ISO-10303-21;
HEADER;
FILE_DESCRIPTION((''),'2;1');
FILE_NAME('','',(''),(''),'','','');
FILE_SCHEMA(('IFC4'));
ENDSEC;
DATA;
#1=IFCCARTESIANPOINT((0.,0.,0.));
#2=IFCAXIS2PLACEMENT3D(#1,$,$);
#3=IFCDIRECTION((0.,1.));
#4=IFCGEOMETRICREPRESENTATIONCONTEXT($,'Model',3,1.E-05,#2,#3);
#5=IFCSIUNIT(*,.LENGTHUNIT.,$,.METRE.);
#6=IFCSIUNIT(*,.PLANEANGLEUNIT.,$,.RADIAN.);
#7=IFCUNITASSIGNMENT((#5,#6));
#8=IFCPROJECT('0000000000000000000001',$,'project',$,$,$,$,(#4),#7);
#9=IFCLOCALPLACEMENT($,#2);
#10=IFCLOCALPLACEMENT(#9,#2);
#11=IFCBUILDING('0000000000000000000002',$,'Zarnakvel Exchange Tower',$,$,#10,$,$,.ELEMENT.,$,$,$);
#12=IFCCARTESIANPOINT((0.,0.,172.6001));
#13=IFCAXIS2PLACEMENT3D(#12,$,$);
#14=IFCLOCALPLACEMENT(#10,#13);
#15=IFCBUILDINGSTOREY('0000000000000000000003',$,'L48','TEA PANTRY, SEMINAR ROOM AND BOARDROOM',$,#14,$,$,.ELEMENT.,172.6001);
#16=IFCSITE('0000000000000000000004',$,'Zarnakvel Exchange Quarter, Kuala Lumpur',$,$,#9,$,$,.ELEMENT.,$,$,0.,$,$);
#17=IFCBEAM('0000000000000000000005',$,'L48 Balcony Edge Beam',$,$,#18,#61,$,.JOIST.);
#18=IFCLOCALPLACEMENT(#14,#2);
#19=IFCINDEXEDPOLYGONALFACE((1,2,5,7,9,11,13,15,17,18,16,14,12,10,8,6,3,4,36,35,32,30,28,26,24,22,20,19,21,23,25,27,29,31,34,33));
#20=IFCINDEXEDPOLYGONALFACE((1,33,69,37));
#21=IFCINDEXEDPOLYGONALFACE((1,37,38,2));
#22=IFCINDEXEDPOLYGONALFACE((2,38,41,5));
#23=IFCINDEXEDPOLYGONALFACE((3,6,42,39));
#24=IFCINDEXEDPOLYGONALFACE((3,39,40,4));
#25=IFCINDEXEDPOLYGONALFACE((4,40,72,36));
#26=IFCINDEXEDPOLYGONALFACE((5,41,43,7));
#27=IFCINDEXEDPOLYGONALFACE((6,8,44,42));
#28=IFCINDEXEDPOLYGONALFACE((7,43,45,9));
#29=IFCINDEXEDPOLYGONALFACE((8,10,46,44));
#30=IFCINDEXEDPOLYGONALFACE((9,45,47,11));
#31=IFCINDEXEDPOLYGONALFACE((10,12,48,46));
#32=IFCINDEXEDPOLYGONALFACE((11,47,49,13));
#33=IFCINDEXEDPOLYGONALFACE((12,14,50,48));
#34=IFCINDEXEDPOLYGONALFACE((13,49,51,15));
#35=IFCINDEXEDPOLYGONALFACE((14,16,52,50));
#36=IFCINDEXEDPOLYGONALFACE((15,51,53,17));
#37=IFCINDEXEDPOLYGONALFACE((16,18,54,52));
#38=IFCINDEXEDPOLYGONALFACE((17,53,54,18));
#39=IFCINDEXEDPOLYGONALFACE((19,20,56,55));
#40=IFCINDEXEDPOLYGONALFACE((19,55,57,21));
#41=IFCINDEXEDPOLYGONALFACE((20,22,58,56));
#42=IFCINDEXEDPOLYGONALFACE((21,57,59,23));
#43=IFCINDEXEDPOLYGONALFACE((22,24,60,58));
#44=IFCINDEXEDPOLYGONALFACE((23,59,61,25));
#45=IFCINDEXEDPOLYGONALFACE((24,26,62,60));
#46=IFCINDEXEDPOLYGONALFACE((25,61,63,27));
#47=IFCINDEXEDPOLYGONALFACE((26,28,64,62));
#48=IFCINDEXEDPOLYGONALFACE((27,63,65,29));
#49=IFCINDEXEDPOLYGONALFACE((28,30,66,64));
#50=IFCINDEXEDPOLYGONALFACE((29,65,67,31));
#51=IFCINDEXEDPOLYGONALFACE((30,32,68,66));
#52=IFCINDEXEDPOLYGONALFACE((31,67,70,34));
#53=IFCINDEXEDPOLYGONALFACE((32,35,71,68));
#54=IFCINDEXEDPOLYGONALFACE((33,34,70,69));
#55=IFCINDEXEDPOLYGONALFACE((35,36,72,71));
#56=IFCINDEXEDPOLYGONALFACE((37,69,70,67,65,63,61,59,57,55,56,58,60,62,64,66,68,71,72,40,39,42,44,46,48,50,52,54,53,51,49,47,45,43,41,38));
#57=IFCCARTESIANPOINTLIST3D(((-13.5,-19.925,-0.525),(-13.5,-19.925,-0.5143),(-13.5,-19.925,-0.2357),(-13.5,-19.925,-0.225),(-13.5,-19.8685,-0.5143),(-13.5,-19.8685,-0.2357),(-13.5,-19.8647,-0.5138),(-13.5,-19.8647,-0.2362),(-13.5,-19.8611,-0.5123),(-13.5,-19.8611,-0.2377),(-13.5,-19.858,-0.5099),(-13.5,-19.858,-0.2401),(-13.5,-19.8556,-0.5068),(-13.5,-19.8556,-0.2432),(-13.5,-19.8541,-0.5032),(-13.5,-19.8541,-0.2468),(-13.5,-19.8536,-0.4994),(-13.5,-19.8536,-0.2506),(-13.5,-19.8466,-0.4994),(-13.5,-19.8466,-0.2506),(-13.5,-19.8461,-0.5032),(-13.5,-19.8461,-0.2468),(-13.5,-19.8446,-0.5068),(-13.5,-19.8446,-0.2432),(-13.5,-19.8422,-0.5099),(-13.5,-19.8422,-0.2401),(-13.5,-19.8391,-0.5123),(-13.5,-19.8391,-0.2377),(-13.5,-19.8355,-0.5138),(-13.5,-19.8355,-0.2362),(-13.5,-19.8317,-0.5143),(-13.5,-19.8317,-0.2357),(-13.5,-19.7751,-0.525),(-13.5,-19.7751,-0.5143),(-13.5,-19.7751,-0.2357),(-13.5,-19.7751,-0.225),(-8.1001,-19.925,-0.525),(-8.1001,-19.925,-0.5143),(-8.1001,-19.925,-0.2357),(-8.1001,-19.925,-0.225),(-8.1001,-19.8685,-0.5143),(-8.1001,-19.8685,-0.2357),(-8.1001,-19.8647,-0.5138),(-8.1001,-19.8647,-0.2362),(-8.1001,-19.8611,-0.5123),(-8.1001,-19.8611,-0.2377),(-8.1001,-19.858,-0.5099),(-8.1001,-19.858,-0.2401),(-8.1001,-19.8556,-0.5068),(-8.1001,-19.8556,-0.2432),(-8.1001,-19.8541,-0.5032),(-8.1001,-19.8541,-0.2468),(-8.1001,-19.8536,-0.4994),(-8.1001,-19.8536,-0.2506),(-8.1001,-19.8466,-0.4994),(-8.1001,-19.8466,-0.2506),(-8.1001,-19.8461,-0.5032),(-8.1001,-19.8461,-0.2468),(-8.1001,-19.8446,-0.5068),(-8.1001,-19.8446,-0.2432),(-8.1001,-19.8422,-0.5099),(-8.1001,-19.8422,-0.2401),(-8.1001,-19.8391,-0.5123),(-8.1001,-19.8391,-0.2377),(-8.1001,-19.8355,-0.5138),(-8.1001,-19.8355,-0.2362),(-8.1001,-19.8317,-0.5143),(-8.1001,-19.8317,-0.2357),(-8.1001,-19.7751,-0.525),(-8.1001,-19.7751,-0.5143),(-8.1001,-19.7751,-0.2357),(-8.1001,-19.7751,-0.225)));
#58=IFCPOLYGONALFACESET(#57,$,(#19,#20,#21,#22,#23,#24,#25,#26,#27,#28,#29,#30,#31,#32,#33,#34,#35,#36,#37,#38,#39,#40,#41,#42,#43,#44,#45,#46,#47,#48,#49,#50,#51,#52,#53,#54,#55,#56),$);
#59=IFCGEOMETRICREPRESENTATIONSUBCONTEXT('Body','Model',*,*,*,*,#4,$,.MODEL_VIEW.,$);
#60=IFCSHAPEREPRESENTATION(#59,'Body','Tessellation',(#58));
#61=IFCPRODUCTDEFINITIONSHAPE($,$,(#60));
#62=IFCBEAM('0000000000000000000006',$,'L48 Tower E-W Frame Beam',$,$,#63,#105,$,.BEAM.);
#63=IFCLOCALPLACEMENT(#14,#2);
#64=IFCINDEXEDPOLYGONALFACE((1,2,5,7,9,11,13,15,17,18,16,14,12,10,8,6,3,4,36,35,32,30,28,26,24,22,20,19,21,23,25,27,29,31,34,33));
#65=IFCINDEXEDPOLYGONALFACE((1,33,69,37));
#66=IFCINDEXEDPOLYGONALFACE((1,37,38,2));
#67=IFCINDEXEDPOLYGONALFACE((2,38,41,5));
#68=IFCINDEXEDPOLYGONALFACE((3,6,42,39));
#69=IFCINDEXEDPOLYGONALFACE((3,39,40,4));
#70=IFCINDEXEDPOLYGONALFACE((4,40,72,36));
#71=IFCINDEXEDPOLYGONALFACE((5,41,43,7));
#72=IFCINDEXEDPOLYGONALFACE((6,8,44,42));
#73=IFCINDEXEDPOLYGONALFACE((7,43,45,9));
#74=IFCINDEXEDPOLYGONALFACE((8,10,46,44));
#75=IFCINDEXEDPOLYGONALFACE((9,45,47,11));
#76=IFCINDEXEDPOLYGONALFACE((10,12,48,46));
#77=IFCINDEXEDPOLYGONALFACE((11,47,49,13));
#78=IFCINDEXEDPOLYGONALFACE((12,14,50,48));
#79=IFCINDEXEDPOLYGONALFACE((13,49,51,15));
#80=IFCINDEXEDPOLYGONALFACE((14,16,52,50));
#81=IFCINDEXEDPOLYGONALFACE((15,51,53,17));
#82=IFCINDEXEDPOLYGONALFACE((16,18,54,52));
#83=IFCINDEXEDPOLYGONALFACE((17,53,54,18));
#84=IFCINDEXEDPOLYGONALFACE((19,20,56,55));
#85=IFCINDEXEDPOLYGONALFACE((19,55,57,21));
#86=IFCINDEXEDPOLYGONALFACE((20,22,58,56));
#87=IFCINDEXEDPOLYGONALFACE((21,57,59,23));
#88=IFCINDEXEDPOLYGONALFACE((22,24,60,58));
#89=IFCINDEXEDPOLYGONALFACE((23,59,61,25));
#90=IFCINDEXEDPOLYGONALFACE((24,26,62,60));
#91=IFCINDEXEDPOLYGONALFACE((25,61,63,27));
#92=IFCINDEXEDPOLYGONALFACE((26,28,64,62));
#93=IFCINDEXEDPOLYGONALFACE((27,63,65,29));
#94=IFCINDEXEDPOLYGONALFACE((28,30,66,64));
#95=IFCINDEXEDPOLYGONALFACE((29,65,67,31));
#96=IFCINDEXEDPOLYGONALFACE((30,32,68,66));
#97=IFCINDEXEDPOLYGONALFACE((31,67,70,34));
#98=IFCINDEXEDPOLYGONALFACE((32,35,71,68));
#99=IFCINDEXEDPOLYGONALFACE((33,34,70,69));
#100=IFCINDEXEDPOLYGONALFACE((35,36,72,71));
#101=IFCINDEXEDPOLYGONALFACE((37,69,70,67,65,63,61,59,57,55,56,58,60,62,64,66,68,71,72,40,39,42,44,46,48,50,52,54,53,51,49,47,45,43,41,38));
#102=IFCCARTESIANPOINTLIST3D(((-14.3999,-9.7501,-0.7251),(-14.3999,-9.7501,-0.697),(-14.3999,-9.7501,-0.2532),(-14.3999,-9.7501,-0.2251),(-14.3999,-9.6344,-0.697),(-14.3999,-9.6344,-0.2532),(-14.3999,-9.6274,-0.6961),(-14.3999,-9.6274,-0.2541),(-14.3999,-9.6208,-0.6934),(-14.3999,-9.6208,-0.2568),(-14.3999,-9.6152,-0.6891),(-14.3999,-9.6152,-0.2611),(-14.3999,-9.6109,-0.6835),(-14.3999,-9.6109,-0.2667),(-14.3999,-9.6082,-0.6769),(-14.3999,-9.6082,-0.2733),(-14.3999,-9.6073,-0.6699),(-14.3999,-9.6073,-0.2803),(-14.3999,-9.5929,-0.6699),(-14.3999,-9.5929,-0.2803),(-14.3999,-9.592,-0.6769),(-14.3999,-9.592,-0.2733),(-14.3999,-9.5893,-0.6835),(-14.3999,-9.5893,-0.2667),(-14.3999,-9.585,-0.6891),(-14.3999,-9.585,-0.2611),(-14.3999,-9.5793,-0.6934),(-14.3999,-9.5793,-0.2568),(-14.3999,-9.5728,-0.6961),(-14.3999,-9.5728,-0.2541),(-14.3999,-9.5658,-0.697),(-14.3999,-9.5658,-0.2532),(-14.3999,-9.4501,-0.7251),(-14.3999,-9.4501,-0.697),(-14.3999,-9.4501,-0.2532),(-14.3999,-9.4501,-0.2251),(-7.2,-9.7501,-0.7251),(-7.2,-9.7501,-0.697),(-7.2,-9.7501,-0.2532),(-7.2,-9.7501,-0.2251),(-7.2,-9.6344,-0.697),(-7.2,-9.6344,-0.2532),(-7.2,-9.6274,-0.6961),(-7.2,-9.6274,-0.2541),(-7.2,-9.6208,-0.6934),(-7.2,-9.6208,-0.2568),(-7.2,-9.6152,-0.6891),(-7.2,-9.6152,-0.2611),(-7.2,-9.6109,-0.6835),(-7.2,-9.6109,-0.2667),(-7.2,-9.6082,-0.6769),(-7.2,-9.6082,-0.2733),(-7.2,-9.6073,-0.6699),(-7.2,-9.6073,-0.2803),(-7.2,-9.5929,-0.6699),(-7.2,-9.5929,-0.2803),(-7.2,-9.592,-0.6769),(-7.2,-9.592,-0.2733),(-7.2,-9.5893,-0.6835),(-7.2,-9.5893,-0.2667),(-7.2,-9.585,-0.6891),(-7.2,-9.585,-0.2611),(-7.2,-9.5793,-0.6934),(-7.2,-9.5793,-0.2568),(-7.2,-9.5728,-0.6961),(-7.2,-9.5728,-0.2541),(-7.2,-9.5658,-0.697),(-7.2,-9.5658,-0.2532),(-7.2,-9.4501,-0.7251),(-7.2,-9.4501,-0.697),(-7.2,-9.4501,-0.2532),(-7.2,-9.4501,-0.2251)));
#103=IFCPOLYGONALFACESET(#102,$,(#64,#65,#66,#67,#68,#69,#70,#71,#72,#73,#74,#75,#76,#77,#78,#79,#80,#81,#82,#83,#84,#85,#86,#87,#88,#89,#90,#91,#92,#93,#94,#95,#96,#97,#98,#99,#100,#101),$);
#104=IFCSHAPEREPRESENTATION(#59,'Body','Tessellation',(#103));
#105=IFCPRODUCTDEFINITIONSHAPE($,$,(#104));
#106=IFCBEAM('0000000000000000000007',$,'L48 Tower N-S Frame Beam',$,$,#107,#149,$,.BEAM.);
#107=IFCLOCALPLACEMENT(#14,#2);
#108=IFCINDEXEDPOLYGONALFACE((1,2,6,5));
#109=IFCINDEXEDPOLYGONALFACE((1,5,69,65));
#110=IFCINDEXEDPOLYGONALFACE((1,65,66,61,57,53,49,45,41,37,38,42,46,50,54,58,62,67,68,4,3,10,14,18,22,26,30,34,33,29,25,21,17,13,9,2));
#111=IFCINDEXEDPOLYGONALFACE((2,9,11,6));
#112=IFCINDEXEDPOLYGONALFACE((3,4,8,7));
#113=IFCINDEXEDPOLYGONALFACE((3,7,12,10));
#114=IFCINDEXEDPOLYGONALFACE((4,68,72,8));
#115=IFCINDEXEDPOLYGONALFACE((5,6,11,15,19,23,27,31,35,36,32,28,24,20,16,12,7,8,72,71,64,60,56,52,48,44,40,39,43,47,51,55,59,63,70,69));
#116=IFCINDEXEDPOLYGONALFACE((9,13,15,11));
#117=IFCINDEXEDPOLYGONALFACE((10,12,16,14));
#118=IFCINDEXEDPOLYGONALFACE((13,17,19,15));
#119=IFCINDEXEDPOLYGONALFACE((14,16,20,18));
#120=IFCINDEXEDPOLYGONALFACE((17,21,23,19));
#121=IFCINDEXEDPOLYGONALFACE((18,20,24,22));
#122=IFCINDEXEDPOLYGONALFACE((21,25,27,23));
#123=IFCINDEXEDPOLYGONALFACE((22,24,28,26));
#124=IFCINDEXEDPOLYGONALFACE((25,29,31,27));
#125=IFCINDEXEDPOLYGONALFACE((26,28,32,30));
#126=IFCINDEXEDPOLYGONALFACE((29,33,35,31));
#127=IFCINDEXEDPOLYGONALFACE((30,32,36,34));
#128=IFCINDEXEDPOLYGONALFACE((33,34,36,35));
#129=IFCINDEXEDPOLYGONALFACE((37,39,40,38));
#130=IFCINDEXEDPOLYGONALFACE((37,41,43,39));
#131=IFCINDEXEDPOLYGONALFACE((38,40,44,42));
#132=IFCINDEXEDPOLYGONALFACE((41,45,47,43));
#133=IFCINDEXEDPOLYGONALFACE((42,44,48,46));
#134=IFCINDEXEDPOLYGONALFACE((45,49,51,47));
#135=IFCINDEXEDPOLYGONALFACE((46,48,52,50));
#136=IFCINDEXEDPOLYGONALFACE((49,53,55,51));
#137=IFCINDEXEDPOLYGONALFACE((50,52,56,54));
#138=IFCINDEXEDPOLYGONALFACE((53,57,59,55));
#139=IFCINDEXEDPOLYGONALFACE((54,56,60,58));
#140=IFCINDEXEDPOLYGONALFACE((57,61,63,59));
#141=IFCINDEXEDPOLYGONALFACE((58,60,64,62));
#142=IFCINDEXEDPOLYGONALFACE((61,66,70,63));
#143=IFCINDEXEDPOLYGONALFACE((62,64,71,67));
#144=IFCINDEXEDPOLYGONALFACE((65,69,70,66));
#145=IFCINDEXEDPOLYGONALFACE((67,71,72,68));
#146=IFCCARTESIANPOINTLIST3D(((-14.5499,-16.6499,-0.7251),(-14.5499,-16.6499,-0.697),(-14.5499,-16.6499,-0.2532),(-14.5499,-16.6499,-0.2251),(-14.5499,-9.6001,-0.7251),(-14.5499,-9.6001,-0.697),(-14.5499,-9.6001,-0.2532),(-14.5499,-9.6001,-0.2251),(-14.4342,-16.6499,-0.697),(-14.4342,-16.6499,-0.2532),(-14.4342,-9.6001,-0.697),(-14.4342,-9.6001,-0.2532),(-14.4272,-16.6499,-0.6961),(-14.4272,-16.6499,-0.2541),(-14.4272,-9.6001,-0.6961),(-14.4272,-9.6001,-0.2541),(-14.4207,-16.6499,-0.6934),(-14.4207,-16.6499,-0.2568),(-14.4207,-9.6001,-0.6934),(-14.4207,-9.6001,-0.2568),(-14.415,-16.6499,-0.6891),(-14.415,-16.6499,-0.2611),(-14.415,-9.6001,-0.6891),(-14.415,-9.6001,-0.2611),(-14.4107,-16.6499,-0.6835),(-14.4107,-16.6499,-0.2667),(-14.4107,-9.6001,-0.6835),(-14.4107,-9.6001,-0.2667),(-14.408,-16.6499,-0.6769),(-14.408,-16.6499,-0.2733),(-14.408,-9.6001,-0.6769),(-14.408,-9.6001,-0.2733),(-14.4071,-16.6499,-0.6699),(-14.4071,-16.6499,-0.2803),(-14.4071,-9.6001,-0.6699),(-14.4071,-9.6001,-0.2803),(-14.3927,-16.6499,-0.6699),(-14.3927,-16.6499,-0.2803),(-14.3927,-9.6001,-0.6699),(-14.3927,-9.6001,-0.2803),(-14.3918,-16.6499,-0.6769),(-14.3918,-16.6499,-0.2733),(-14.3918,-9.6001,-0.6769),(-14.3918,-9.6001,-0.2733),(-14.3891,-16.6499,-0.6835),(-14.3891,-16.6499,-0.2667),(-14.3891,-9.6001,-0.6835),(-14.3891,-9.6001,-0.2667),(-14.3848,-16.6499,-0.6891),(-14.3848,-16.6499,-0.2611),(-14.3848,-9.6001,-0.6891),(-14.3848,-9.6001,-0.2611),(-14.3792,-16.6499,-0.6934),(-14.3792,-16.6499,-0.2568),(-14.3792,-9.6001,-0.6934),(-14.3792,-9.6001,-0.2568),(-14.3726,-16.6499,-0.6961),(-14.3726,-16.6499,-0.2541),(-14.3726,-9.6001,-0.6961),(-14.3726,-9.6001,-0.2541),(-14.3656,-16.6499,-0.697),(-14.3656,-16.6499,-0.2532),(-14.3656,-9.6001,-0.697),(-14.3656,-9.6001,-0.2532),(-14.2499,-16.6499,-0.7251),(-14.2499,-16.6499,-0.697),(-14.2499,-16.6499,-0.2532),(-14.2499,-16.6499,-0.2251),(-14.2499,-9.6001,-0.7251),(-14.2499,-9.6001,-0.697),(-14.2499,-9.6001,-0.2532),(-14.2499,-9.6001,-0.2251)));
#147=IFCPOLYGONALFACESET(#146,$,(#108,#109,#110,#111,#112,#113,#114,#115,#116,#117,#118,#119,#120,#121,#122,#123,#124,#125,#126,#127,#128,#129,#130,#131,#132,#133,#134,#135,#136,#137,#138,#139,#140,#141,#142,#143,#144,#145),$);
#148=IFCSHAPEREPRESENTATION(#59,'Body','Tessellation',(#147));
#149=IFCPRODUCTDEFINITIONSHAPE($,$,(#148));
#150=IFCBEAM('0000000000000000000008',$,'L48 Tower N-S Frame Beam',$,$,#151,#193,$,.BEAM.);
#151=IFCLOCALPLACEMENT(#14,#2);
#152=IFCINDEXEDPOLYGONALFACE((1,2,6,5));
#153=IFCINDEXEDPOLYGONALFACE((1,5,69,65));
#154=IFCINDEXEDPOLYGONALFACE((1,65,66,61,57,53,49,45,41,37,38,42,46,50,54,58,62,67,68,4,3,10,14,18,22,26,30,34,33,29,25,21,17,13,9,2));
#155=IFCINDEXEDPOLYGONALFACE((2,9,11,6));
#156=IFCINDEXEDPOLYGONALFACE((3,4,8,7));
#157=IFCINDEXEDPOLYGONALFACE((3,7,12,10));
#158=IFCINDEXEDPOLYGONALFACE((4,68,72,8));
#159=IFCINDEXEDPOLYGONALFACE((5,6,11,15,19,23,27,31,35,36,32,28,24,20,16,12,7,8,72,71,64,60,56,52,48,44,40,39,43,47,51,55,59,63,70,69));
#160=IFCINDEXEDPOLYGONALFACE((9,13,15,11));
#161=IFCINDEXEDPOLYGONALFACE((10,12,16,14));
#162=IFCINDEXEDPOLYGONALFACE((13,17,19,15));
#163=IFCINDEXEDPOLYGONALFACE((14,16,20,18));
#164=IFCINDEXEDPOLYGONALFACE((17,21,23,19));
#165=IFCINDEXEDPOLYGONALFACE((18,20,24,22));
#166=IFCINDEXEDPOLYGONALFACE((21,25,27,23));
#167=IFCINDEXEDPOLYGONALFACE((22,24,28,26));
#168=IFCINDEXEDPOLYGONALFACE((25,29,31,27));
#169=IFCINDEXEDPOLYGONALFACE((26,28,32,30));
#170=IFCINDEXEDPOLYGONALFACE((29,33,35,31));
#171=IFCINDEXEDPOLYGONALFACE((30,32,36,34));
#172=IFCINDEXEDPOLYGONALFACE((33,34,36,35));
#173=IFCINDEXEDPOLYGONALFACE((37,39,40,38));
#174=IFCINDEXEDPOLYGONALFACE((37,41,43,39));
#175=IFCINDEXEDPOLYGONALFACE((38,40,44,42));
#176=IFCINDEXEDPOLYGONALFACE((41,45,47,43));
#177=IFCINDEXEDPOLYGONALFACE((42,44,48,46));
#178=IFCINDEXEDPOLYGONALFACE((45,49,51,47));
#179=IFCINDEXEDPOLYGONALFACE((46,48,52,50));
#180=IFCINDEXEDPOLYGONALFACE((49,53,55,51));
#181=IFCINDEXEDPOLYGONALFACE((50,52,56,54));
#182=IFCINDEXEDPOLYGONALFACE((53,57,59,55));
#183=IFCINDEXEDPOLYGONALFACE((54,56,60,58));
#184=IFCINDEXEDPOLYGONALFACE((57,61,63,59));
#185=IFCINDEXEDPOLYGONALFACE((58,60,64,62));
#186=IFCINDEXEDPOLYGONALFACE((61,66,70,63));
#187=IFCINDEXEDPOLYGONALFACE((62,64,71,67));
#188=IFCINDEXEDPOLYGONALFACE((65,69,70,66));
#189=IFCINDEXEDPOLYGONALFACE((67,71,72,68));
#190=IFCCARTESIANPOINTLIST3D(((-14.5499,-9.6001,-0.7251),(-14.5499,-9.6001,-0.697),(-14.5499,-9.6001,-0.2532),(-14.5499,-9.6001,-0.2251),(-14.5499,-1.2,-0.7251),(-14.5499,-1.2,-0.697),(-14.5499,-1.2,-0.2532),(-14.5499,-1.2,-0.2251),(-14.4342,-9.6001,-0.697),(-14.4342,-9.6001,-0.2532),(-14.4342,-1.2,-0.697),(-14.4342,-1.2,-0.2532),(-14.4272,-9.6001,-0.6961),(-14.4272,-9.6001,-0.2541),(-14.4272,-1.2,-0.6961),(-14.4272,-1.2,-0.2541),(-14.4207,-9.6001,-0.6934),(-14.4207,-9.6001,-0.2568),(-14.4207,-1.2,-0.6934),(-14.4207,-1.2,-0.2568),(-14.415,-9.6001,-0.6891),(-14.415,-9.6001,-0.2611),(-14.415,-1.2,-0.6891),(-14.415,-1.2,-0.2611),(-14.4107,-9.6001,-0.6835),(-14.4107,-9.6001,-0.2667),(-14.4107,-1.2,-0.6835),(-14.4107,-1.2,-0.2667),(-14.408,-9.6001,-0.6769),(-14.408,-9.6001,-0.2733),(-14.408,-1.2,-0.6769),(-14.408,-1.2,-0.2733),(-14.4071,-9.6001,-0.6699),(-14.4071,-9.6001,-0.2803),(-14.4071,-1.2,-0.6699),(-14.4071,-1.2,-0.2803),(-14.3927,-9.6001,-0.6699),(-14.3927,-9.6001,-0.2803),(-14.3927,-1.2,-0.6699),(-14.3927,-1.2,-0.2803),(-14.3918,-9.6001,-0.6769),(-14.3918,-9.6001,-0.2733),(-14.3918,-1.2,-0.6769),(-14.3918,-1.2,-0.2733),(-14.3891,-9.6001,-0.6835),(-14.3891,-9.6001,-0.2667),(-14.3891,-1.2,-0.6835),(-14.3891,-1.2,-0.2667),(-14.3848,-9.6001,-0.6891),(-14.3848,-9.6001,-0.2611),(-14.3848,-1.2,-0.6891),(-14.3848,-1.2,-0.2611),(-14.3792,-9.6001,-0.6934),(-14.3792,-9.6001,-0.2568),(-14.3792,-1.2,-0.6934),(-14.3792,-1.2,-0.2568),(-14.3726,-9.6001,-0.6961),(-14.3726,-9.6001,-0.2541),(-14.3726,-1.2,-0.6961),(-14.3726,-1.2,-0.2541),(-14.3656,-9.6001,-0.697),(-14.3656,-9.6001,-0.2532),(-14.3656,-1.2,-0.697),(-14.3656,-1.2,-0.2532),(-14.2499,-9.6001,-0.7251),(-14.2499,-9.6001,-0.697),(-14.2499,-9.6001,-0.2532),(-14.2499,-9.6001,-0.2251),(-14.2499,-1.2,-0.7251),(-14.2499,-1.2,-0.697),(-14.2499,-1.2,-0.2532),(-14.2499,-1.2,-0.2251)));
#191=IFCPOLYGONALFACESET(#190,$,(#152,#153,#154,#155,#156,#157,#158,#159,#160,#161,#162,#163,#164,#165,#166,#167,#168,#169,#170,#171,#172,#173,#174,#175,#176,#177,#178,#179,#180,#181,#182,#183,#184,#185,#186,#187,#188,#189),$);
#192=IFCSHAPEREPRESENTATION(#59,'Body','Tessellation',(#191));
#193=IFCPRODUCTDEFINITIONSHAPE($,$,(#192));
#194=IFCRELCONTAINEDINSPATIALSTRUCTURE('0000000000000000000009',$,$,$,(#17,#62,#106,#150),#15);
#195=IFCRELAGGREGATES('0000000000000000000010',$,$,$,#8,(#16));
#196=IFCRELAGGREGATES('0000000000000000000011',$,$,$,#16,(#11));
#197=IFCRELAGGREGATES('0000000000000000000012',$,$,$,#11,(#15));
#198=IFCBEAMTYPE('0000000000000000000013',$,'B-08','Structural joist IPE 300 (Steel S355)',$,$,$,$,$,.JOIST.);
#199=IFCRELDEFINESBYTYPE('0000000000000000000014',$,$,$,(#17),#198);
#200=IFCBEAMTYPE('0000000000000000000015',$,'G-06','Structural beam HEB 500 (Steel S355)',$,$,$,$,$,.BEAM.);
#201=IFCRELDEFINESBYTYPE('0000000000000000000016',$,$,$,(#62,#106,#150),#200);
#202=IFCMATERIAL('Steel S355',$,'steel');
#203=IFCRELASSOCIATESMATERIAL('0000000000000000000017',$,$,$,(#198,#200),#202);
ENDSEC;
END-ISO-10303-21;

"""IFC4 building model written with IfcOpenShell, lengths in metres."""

from ifc_helpers import new_model, si_unit, direction, frame, origin, origin_2d, place, context, subcontext, project, spatial, i_section, extrude, material, material_profile, profile_set, type_object, element, save


model = new_model("IFC4")

# Units and contexts
model_context = context("Model", 3, precision=1e-05, world=origin(), true_north=direction((0.0, 1.0)))
body_context = subcontext(model_context, "Body", "Model", "MODEL_VIEW")
ifc_project = project(units=[si_unit("LENGTHUNIT", "METRE"), si_unit("PLANEANGLEUNIT", "RADIAN")], contexts=[model_context])

# Site, building, storey
site_placement = place(None, origin())
site = spatial("IfcSite", under=ifc_project, at=site_placement, Name="Zarnakvel Exchange Quarter, Kuala Lumpur", CompositionType="ELEMENT", RefElevation=0.0)
building_placement = place(site_placement, origin())
building = spatial("IfcBuilding", under=site, at=building_placement, Name="Zarnakvel Exchange Tower", CompositionType="ELEMENT")
storey_placement = place(building_placement, frame((0.0, 0.0, 172.6001)))
storey = spatial("IfcBuildingStorey", under=building, at=storey_placement, Name="L48", Description="TEA PANTRY, SEMINAR ROOM AND BOARDROOM", CompositionType="ELEMENT", Elevation=172.6001)

# Shared definitions
ifc_material_1 = material(Name="Steel S355", Category="steel")

# Beams
ifc_material_profile_1 = material_profile(ifc_material_1, i_section(OverallWidth=0.1499, OverallDepth=0.3, WebThickness=0.0071, FlangeThickness=0.0107, FilletRadius=0.0149, at=origin_2d()))
ifc_profile_set_1 = profile_set([ifc_material_profile_1], Name="Steel S355")
beam_type_1 = type_object("IfcBeamType", Name="B-08", Description="Structural joist IPE 300 (Steel S355)", PredefinedType="JOIST", material=ifc_profile_set_1)
beam_1_placement = place(storey_placement, frame((-13.5, -19.8501, -0.375), z_axis=(1.0, 0.0, 0.0), x_axis=(0.0, 1.0, 0.0)))
element("IfcBeam", 1, at=beam_1_placement, inside=storey, type_object=beam_type_1, Name="L48 Balcony Edge Beam", PredefinedType="JOIST", context=body_context, shape_type="SweptSolid", body=[
    extrude(i_section(OverallWidth=0.1499, OverallDepth=0.3, WebThickness=0.0071, FlangeThickness=0.0107, FilletRadius=0.0149, at=origin_2d()), origin(), (0.0, 0.0, 1.0), 5.3999),
])
ifc_material_profile_2 = material_profile(ifc_material_1, i_section(OverallWidth=0.3, OverallDepth=0.5, WebThickness=0.0144, FlangeThickness=0.0281, FilletRadius=0.0271, at=origin_2d()))
ifc_profile_set_2 = profile_set([ifc_material_profile_2], Name="Steel S355")
beam_type_2 = type_object("IfcBeamType", Name="G-06", Description="Structural beam HEB 500 (Steel S355)", PredefinedType="BEAM", material=ifc_profile_set_2)
beam_2_placement = place(storey_placement, frame((-14.3999, -9.6001, -0.4751), z_axis=(1.0, 0.0, 0.0), x_axis=(0.0, 1.0, 0.0)))
element("IfcBeam", 2, at=beam_2_placement, inside=storey, type_object=beam_type_2, Name="L48 Tower E-W Frame Beam", PredefinedType="BEAM", context=body_context, shape_type="SweptSolid", body=[
    extrude(i_section(OverallWidth=0.3, OverallDepth=0.5, WebThickness=0.0144, FlangeThickness=0.0281, FilletRadius=0.0271, at=origin_2d()), origin(), (0.0, 0.0, 1.0), 7.2),
])
beam_3_placement = place(storey_placement, frame((-14.3999, -16.6499, -0.4751), z_axis=(0.0, 1.0, 0.0), x_axis=(-1.0, 0.0, 0.0)))
element("IfcBeam", 3, at=beam_3_placement, inside=storey, type_object=beam_type_2, Name="L48 Tower N-S Frame Beam", PredefinedType="BEAM", context=body_context, shape_type="SweptSolid", body=[
    extrude(i_section(OverallWidth=0.3, OverallDepth=0.5, WebThickness=0.0144, FlangeThickness=0.0281, FilletRadius=0.0271, at=origin_2d()), origin(), (0.0, 0.0, 1.0), 7.0498),
])
beam_4_placement = place(storey_placement, frame((-14.3999, -9.6001, -0.4751), z_axis=(0.0, 1.0, 0.0), x_axis=(-1.0, 0.0, 0.0)))
element("IfcBeam", 4, at=beam_4_placement, inside=storey, type_object=beam_type_2, Name="L48 Tower N-S Frame Beam", PredefinedType="BEAM", context=body_context, shape_type="SweptSolid", body=[
    extrude(i_section(OverallWidth=0.3, OverallDepth=0.5, WebThickness=0.0144, FlangeThickness=0.0281, FilletRadius=0.0271, at=origin_2d()), origin(), (0.0, 0.0, 1.0), 8.4001),
])

save(model, "model.ifc")
